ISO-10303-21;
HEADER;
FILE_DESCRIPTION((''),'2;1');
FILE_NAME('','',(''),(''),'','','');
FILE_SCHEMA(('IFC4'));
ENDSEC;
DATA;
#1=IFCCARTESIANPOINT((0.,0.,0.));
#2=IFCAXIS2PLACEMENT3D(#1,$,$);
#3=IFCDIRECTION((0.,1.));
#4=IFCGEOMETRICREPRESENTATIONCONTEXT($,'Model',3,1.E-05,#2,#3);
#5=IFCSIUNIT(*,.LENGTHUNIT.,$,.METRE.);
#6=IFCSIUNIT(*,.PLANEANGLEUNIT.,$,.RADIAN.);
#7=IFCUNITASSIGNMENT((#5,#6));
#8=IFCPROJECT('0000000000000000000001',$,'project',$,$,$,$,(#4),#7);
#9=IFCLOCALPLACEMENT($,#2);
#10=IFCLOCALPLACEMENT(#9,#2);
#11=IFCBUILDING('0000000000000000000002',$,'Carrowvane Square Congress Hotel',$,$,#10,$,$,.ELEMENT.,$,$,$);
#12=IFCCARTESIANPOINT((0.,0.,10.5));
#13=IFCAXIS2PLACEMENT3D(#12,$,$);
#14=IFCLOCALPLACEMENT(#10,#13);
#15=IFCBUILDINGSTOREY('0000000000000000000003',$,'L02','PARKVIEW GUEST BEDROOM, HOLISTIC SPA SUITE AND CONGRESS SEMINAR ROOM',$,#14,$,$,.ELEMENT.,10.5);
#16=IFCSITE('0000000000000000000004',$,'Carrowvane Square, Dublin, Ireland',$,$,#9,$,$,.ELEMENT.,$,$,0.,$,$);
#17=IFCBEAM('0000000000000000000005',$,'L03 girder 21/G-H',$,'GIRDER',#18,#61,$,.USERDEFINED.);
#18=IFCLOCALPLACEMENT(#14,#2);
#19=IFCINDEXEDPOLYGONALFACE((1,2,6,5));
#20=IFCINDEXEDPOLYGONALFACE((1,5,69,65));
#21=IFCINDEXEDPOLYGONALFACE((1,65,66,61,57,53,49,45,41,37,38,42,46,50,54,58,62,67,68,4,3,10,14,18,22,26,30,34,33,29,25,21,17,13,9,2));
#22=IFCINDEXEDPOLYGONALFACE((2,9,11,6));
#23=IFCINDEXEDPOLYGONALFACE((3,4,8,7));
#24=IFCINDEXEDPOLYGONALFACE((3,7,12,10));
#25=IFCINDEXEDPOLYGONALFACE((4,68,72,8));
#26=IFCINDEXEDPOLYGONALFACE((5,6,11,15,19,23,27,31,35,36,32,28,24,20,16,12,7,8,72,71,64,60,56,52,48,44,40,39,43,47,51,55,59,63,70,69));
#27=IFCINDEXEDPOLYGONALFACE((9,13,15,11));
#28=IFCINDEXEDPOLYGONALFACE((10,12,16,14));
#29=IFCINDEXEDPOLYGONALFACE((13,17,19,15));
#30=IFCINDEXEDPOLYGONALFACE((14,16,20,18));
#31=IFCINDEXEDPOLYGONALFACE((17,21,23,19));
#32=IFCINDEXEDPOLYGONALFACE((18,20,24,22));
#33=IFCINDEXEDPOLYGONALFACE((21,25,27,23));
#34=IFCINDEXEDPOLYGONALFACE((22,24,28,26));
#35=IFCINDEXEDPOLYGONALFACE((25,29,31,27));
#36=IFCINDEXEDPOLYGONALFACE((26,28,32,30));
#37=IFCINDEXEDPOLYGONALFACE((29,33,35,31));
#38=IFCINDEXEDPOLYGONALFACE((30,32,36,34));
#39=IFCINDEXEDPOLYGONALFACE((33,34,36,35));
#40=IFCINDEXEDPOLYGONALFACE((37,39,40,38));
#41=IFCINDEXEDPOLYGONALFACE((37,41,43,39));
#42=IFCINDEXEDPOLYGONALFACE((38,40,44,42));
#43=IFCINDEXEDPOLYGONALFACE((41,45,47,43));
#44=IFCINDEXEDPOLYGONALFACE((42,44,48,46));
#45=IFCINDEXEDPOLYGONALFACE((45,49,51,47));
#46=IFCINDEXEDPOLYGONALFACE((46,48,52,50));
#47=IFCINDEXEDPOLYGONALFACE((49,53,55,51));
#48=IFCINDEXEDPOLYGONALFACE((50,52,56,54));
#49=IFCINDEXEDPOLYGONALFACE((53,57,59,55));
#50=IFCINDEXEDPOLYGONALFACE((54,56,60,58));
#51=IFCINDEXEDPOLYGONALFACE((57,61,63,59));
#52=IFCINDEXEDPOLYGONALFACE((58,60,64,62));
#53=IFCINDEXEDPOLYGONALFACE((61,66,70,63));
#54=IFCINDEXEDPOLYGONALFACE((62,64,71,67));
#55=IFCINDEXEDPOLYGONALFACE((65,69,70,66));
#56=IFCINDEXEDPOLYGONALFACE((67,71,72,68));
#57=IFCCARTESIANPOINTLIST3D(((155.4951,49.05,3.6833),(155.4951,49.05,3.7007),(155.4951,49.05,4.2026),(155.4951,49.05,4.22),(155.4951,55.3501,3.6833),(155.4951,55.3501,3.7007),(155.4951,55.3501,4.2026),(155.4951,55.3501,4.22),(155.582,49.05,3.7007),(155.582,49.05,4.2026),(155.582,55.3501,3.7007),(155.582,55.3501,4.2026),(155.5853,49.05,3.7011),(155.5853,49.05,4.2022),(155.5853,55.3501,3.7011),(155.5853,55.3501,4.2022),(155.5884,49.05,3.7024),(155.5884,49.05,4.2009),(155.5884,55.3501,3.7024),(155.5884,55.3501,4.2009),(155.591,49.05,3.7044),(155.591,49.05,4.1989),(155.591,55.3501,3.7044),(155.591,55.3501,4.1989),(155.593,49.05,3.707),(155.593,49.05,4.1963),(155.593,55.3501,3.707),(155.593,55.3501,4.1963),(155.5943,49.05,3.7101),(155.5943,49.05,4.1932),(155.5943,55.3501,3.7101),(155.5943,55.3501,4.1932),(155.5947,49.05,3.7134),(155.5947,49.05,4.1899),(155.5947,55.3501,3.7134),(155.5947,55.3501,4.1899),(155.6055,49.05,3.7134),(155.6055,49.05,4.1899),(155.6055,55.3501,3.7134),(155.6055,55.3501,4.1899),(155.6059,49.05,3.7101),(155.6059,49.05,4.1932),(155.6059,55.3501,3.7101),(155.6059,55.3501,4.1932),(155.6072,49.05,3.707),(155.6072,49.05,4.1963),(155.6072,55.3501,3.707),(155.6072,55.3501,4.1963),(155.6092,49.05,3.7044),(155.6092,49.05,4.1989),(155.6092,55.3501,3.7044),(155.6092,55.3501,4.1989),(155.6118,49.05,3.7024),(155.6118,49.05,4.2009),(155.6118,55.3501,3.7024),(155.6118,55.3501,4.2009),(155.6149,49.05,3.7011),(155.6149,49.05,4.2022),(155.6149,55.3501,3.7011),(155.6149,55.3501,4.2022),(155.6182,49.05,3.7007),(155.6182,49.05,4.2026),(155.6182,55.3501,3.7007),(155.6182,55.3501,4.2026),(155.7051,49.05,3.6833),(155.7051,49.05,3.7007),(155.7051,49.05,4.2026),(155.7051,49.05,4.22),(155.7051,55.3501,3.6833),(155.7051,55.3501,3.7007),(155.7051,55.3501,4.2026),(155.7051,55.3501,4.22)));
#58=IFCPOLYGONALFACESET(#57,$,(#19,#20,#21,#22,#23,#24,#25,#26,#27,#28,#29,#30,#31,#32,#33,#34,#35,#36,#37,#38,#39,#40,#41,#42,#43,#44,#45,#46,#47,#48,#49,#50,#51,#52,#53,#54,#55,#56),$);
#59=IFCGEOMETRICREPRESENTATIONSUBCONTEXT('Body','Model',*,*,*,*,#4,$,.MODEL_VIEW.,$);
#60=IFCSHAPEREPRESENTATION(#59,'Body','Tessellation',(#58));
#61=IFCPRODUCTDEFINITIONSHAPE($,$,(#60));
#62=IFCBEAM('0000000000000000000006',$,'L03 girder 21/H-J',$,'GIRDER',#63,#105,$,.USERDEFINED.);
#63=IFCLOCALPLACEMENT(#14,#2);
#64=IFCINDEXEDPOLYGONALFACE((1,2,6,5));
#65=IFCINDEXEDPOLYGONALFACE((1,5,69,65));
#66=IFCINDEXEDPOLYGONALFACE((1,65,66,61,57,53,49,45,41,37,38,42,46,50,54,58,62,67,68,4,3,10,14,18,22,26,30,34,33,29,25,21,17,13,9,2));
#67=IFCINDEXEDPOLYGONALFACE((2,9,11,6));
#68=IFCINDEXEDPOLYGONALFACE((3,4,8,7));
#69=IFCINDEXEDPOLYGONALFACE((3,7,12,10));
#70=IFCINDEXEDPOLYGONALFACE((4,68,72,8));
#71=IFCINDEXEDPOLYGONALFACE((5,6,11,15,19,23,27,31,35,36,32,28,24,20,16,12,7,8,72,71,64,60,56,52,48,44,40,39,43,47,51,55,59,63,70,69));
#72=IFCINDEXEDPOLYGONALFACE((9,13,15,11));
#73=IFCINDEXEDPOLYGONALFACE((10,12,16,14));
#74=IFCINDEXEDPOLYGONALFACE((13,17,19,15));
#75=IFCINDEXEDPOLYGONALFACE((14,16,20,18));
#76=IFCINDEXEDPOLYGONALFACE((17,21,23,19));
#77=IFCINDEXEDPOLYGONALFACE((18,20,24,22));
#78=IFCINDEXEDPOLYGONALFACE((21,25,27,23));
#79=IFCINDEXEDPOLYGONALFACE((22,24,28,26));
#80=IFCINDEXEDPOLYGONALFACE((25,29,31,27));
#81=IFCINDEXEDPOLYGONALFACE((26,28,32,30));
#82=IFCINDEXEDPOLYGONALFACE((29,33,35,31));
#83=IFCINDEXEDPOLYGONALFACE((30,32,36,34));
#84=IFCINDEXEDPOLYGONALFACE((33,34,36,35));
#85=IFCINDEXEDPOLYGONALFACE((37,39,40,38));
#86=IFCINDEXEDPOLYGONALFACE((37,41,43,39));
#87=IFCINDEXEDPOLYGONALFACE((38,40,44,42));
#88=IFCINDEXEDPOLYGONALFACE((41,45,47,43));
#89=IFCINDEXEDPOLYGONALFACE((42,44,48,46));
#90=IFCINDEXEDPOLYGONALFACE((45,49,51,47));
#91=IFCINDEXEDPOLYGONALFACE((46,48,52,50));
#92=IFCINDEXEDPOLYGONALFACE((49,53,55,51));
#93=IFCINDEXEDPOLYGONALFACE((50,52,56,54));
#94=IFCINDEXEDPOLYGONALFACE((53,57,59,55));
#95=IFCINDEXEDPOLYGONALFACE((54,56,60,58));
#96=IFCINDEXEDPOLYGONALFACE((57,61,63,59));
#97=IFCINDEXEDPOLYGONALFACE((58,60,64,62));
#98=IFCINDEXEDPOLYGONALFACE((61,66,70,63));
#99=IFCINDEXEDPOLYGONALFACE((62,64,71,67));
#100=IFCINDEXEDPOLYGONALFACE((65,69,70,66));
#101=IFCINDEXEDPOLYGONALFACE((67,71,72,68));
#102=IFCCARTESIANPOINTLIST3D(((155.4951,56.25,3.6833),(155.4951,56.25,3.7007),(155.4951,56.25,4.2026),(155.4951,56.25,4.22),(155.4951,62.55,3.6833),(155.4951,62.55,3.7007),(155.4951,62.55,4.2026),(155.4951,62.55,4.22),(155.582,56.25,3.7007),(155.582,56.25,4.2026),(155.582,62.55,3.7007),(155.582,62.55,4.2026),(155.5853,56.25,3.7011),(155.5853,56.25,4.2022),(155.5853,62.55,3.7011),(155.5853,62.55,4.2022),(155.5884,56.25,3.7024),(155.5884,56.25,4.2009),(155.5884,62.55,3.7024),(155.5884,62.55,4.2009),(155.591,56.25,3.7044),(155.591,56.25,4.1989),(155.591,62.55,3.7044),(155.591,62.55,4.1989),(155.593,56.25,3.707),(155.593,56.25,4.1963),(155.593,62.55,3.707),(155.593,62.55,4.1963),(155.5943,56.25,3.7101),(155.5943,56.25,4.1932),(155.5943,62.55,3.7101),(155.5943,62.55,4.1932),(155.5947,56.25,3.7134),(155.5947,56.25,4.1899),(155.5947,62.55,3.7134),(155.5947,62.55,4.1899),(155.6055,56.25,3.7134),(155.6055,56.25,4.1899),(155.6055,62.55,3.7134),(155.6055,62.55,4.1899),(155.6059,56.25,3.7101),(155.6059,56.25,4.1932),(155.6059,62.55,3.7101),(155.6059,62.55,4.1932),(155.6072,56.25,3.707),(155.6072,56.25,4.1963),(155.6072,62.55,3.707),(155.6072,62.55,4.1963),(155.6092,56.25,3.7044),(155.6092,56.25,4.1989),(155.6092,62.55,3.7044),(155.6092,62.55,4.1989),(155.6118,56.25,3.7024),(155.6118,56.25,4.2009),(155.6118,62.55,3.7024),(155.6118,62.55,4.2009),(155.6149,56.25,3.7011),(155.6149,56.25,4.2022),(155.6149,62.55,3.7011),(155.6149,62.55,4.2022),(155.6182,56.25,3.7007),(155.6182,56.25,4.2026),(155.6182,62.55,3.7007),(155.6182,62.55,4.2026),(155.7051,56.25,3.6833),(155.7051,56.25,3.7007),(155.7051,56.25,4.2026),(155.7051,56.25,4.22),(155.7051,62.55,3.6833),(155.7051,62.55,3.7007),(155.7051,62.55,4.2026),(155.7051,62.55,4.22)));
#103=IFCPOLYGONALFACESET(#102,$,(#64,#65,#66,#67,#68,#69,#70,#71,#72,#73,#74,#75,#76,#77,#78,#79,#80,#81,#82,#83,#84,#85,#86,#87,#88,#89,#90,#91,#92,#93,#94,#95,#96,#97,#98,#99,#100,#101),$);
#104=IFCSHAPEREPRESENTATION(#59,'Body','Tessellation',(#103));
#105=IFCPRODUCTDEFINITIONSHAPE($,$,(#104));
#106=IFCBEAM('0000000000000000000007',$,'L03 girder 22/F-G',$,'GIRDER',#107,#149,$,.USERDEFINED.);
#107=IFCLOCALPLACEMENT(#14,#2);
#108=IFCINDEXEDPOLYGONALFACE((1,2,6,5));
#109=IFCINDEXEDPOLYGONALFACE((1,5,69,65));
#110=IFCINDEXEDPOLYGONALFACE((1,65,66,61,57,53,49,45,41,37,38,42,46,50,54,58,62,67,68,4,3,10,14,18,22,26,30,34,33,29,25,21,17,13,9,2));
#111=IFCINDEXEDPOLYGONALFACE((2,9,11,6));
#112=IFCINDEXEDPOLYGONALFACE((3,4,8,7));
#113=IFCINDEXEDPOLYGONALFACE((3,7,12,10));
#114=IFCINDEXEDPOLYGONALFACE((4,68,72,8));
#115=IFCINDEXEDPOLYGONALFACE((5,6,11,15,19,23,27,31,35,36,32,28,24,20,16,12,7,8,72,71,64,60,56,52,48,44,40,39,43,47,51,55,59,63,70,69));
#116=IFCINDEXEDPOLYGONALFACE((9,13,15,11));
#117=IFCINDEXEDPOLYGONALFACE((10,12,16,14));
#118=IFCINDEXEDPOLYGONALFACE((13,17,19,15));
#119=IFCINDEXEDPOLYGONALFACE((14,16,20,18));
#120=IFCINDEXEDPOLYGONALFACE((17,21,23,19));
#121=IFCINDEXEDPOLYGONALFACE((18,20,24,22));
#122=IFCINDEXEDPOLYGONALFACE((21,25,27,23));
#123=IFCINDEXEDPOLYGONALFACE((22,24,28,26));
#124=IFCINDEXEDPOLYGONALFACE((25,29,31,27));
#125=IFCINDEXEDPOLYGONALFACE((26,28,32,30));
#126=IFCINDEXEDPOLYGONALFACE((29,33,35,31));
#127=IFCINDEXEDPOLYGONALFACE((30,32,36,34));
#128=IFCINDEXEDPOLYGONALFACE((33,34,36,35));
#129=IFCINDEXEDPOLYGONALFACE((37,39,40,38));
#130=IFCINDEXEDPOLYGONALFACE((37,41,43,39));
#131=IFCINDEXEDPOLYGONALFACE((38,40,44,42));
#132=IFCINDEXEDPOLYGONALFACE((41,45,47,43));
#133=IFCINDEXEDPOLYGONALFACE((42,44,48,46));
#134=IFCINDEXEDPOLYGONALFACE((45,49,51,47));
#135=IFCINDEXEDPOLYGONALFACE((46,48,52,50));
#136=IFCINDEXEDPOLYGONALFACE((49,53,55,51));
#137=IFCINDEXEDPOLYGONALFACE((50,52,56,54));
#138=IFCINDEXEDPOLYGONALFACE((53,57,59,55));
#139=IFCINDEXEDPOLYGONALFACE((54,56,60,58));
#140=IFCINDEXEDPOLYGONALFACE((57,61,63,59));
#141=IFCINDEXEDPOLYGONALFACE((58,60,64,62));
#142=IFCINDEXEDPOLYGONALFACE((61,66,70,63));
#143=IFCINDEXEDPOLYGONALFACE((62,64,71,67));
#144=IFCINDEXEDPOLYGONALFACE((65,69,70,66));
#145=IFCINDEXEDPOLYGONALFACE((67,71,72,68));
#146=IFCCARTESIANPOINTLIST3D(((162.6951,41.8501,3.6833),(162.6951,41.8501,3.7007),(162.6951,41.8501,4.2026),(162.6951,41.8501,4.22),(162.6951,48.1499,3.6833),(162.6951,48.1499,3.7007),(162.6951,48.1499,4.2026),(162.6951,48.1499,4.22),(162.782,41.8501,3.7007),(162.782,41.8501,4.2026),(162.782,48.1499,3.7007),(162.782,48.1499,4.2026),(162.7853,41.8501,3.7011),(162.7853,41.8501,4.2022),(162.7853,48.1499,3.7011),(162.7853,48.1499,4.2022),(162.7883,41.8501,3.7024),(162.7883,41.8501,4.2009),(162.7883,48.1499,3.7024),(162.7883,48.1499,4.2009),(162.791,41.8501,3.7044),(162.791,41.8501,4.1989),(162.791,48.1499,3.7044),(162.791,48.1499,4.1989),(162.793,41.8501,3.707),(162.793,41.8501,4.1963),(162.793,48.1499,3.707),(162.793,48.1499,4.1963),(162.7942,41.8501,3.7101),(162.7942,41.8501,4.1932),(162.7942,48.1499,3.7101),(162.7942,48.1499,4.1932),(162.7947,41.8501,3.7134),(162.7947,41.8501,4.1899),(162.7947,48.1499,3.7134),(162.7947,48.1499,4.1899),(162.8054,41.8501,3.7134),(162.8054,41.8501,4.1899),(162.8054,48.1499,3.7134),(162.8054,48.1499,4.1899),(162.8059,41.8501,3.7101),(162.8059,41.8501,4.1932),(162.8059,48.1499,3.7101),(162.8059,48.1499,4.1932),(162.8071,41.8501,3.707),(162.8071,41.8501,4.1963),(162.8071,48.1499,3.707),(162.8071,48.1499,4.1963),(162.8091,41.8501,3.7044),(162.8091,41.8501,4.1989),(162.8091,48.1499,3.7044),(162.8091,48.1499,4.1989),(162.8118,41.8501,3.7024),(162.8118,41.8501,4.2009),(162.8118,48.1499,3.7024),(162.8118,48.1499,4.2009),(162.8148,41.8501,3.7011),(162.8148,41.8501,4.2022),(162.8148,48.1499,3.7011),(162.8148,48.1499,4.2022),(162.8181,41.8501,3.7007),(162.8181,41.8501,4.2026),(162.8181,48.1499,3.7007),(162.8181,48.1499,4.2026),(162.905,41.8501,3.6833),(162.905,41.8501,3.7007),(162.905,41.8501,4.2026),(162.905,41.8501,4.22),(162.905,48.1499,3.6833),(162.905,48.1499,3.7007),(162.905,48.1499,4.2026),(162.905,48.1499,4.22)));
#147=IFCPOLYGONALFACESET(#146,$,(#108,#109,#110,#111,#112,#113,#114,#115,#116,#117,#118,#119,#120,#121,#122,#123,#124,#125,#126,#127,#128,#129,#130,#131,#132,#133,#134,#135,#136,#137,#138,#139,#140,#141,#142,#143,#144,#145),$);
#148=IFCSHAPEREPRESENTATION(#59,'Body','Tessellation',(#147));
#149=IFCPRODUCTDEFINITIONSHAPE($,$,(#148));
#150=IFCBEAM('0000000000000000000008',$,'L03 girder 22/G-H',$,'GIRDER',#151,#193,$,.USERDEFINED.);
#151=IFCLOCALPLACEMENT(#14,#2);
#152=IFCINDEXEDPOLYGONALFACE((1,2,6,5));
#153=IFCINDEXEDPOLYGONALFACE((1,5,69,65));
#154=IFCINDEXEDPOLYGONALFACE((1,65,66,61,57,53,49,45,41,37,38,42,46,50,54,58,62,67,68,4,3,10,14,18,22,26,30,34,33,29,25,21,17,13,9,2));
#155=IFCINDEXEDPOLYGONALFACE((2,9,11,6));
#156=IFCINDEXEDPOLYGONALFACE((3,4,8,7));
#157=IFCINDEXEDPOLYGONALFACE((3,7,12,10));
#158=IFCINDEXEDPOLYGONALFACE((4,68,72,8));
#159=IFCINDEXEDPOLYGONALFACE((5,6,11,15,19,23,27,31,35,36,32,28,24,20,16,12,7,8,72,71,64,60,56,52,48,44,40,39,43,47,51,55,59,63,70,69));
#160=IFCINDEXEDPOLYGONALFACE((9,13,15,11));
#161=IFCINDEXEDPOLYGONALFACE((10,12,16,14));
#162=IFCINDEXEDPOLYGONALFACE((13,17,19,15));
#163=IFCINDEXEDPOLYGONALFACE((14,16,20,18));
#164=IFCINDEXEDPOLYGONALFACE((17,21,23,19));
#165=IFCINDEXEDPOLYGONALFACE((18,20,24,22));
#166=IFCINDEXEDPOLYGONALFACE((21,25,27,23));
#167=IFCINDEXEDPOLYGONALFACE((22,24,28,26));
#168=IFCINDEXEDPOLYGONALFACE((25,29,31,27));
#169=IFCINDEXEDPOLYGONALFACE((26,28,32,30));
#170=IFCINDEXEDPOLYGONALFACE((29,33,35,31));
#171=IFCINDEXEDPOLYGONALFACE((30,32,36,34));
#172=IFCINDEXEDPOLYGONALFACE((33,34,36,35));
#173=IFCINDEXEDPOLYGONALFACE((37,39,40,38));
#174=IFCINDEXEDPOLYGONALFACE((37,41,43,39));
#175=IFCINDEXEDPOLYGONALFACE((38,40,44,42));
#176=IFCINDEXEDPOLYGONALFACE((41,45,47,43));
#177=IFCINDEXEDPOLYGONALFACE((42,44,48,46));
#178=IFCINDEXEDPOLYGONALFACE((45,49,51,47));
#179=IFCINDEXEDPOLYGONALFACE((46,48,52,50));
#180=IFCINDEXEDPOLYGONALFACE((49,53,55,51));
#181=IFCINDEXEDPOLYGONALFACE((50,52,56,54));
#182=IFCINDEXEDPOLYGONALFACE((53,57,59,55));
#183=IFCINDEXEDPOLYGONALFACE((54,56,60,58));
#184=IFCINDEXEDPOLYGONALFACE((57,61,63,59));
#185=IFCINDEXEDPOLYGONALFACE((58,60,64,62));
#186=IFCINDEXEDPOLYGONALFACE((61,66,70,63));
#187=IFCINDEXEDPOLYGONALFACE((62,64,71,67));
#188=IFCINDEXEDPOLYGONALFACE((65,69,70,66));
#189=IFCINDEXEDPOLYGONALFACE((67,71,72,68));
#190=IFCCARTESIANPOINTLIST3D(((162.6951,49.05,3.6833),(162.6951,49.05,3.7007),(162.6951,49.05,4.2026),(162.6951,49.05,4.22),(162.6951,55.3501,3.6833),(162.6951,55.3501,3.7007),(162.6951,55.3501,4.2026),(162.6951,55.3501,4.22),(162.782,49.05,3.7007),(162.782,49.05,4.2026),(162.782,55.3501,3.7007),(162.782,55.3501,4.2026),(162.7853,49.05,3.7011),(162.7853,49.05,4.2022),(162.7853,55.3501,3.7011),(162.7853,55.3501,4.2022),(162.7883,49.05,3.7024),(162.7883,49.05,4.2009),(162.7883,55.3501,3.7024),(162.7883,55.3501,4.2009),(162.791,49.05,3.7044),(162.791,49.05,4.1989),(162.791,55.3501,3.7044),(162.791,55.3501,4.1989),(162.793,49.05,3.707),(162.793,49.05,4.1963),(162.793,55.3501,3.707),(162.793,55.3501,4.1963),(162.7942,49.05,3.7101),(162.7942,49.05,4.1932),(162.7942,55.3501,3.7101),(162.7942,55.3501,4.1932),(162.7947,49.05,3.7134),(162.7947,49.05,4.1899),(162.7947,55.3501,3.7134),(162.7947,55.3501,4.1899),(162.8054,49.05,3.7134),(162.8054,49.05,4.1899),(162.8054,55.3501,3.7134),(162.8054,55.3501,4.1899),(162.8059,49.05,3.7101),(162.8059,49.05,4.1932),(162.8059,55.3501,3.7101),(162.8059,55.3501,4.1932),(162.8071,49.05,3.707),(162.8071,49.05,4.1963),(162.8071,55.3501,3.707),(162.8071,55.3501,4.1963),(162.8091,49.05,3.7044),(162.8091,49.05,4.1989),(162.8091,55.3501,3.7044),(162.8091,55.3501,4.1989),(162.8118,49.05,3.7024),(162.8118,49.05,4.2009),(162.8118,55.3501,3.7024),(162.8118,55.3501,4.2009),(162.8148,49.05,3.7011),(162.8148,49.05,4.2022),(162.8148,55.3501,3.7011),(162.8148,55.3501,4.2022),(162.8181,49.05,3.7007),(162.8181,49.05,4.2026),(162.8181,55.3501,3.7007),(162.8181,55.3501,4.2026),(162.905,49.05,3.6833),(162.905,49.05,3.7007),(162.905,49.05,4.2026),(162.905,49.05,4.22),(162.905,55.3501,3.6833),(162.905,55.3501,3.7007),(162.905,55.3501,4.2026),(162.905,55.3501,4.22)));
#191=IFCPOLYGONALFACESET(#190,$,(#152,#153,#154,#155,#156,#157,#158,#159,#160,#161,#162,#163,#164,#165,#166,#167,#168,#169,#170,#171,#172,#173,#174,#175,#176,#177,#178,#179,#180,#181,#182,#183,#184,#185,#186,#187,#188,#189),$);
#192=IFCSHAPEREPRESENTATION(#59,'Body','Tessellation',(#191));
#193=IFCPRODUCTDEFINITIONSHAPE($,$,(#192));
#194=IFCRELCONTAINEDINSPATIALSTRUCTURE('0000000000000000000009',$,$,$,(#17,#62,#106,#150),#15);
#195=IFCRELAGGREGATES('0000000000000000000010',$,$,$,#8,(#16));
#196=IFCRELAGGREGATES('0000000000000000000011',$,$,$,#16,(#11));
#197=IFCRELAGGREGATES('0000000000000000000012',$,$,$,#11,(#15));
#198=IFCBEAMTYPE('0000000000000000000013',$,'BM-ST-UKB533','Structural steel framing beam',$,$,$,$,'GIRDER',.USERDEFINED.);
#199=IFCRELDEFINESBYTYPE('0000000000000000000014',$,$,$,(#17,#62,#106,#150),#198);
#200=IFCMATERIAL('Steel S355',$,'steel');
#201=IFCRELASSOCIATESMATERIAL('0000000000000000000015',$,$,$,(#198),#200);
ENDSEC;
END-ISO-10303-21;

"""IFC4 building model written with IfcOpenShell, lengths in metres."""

from ifc_helpers import new_model, si_unit, direction, frame, origin, origin_2d, place, context, subcontext, project, spatial, i_section, extrude, material, material_profile, profile_set, type_object, element, save


model = new_model("IFC4")

# Units and contexts
model_context = context("Model", 3, precision=1e-05, world=origin(), true_north=direction((0.0, 1.0)))
body_context = subcontext(model_context, "Body", "Model", "MODEL_VIEW")
ifc_project = project(units=[si_unit("LENGTHUNIT", "METRE"), si_unit("PLANEANGLEUNIT", "RADIAN")], contexts=[model_context])

# Site, building, storey
site_placement = place(None, origin())
site = spatial("IfcSite", under=ifc_project, at=site_placement, Name="Carrowvane Square, Dublin, Ireland", CompositionType="ELEMENT", RefElevation=0.0)
building_placement = place(site_placement, origin())
building = spatial("IfcBuilding", under=site, at=building_placement, Name="Carrowvane Square Congress Hotel", CompositionType="ELEMENT")
storey_placement = place(building_placement, frame((0.0, 0.0, 10.5)))
storey = spatial("IfcBuildingStorey", under=building, at=storey_placement, Name="L02", Description="PARKVIEW GUEST BEDROOM, HOLISTIC SPA SUITE AND CONGRESS SEMINAR ROOM", CompositionType="ELEMENT", Elevation=10.5)

# Beams
ifc_material_1 = material(Name="Steel S355", Category="steel")
ifc_material_profile_1 = material_profile(ifc_material_1, i_section(OverallWidth=0.21, OverallDepth=0.5366, WebThickness=0.0107, FlangeThickness=0.0173, FilletRadius=0.0127, at=origin_2d()), Name="UKB 533x210x101")
ifc_profile_set_1 = profile_set([ifc_material_profile_1], Name="Steel S355")
beam_type_1 = type_object("IfcBeamType", Name="BM-ST-UKB533", Description="Structural steel framing beam", ElementType="GIRDER", PredefinedType="USERDEFINED", material=ifc_profile_set_1)
for number, where, z_axis, x_axis, name in (
    (1, (155.6001, 49.05, 3.9517), (0.0, 1.0, 0.0), (-1.0, 0.0, 0.0), "L03 girder 21/G-H"),
    (2, (155.6001, 56.25, 3.9517), (0.0, 1.0, 0.0), (-1.0, 0.0, 0.0), "L03 girder 21/H-J"),
):
    element("IfcBeam", number, at=place(storey_placement, frame(where, z_axis=z_axis, x_axis=x_axis)), inside=storey, type_object=beam_type_1, Name=name, ObjectType="GIRDER", PredefinedType="USERDEFINED", context=body_context, shape_type="SweptSolid", body=[
        extrude(i_section(OverallWidth=0.21, OverallDepth=0.5366, WebThickness=0.0107, FlangeThickness=0.0173, FilletRadius=0.0127, at=origin_2d()), origin(), (0.0, 0.0, 1.0), 6.3),
    ])
beam_1_placement = place(storey_placement, frame((162.8, 41.8501, 3.9517), z_axis=(0.0, 1.0, 0.0), x_axis=(-1.0, 0.0, 0.0)))
element("IfcBeam", 3, at=beam_1_placement, inside=storey, type_object=beam_type_1, Name="L03 girder 22/F-G", ObjectType="GIRDER", PredefinedType="USERDEFINED", context=body_context, shape_type="SweptSolid", body=[
    extrude(i_section(OverallWidth=0.21, OverallDepth=0.5366, WebThickness=0.0107, FlangeThickness=0.0173, FilletRadius=0.0127, at=origin_2d()), origin(), (0.0, 0.0, 1.0), 6.2998),
])
for number, where, z_axis, x_axis, name in (
    (4, (162.8, 49.05, 3.9517), (0.0, 1.0, 0.0), (-1.0, 0.0, 0.0), "L03 girder 22/G-H"),
):
    element("IfcBeam", number, at=place(storey_placement, frame(where, z_axis=z_axis, x_axis=x_axis)), inside=storey, type_object=beam_type_1, Name=name, ObjectType="GIRDER", PredefinedType="USERDEFINED", context=body_context, shape_type="SweptSolid", body=[
        extrude(i_section(OverallWidth=0.21, OverallDepth=0.5366, WebThickness=0.0107, FlangeThickness=0.0173, FilletRadius=0.0127, at=origin_2d()), origin(), (0.0, 0.0, 1.0), 6.3),
    ])

save(model, "model.ifc")
